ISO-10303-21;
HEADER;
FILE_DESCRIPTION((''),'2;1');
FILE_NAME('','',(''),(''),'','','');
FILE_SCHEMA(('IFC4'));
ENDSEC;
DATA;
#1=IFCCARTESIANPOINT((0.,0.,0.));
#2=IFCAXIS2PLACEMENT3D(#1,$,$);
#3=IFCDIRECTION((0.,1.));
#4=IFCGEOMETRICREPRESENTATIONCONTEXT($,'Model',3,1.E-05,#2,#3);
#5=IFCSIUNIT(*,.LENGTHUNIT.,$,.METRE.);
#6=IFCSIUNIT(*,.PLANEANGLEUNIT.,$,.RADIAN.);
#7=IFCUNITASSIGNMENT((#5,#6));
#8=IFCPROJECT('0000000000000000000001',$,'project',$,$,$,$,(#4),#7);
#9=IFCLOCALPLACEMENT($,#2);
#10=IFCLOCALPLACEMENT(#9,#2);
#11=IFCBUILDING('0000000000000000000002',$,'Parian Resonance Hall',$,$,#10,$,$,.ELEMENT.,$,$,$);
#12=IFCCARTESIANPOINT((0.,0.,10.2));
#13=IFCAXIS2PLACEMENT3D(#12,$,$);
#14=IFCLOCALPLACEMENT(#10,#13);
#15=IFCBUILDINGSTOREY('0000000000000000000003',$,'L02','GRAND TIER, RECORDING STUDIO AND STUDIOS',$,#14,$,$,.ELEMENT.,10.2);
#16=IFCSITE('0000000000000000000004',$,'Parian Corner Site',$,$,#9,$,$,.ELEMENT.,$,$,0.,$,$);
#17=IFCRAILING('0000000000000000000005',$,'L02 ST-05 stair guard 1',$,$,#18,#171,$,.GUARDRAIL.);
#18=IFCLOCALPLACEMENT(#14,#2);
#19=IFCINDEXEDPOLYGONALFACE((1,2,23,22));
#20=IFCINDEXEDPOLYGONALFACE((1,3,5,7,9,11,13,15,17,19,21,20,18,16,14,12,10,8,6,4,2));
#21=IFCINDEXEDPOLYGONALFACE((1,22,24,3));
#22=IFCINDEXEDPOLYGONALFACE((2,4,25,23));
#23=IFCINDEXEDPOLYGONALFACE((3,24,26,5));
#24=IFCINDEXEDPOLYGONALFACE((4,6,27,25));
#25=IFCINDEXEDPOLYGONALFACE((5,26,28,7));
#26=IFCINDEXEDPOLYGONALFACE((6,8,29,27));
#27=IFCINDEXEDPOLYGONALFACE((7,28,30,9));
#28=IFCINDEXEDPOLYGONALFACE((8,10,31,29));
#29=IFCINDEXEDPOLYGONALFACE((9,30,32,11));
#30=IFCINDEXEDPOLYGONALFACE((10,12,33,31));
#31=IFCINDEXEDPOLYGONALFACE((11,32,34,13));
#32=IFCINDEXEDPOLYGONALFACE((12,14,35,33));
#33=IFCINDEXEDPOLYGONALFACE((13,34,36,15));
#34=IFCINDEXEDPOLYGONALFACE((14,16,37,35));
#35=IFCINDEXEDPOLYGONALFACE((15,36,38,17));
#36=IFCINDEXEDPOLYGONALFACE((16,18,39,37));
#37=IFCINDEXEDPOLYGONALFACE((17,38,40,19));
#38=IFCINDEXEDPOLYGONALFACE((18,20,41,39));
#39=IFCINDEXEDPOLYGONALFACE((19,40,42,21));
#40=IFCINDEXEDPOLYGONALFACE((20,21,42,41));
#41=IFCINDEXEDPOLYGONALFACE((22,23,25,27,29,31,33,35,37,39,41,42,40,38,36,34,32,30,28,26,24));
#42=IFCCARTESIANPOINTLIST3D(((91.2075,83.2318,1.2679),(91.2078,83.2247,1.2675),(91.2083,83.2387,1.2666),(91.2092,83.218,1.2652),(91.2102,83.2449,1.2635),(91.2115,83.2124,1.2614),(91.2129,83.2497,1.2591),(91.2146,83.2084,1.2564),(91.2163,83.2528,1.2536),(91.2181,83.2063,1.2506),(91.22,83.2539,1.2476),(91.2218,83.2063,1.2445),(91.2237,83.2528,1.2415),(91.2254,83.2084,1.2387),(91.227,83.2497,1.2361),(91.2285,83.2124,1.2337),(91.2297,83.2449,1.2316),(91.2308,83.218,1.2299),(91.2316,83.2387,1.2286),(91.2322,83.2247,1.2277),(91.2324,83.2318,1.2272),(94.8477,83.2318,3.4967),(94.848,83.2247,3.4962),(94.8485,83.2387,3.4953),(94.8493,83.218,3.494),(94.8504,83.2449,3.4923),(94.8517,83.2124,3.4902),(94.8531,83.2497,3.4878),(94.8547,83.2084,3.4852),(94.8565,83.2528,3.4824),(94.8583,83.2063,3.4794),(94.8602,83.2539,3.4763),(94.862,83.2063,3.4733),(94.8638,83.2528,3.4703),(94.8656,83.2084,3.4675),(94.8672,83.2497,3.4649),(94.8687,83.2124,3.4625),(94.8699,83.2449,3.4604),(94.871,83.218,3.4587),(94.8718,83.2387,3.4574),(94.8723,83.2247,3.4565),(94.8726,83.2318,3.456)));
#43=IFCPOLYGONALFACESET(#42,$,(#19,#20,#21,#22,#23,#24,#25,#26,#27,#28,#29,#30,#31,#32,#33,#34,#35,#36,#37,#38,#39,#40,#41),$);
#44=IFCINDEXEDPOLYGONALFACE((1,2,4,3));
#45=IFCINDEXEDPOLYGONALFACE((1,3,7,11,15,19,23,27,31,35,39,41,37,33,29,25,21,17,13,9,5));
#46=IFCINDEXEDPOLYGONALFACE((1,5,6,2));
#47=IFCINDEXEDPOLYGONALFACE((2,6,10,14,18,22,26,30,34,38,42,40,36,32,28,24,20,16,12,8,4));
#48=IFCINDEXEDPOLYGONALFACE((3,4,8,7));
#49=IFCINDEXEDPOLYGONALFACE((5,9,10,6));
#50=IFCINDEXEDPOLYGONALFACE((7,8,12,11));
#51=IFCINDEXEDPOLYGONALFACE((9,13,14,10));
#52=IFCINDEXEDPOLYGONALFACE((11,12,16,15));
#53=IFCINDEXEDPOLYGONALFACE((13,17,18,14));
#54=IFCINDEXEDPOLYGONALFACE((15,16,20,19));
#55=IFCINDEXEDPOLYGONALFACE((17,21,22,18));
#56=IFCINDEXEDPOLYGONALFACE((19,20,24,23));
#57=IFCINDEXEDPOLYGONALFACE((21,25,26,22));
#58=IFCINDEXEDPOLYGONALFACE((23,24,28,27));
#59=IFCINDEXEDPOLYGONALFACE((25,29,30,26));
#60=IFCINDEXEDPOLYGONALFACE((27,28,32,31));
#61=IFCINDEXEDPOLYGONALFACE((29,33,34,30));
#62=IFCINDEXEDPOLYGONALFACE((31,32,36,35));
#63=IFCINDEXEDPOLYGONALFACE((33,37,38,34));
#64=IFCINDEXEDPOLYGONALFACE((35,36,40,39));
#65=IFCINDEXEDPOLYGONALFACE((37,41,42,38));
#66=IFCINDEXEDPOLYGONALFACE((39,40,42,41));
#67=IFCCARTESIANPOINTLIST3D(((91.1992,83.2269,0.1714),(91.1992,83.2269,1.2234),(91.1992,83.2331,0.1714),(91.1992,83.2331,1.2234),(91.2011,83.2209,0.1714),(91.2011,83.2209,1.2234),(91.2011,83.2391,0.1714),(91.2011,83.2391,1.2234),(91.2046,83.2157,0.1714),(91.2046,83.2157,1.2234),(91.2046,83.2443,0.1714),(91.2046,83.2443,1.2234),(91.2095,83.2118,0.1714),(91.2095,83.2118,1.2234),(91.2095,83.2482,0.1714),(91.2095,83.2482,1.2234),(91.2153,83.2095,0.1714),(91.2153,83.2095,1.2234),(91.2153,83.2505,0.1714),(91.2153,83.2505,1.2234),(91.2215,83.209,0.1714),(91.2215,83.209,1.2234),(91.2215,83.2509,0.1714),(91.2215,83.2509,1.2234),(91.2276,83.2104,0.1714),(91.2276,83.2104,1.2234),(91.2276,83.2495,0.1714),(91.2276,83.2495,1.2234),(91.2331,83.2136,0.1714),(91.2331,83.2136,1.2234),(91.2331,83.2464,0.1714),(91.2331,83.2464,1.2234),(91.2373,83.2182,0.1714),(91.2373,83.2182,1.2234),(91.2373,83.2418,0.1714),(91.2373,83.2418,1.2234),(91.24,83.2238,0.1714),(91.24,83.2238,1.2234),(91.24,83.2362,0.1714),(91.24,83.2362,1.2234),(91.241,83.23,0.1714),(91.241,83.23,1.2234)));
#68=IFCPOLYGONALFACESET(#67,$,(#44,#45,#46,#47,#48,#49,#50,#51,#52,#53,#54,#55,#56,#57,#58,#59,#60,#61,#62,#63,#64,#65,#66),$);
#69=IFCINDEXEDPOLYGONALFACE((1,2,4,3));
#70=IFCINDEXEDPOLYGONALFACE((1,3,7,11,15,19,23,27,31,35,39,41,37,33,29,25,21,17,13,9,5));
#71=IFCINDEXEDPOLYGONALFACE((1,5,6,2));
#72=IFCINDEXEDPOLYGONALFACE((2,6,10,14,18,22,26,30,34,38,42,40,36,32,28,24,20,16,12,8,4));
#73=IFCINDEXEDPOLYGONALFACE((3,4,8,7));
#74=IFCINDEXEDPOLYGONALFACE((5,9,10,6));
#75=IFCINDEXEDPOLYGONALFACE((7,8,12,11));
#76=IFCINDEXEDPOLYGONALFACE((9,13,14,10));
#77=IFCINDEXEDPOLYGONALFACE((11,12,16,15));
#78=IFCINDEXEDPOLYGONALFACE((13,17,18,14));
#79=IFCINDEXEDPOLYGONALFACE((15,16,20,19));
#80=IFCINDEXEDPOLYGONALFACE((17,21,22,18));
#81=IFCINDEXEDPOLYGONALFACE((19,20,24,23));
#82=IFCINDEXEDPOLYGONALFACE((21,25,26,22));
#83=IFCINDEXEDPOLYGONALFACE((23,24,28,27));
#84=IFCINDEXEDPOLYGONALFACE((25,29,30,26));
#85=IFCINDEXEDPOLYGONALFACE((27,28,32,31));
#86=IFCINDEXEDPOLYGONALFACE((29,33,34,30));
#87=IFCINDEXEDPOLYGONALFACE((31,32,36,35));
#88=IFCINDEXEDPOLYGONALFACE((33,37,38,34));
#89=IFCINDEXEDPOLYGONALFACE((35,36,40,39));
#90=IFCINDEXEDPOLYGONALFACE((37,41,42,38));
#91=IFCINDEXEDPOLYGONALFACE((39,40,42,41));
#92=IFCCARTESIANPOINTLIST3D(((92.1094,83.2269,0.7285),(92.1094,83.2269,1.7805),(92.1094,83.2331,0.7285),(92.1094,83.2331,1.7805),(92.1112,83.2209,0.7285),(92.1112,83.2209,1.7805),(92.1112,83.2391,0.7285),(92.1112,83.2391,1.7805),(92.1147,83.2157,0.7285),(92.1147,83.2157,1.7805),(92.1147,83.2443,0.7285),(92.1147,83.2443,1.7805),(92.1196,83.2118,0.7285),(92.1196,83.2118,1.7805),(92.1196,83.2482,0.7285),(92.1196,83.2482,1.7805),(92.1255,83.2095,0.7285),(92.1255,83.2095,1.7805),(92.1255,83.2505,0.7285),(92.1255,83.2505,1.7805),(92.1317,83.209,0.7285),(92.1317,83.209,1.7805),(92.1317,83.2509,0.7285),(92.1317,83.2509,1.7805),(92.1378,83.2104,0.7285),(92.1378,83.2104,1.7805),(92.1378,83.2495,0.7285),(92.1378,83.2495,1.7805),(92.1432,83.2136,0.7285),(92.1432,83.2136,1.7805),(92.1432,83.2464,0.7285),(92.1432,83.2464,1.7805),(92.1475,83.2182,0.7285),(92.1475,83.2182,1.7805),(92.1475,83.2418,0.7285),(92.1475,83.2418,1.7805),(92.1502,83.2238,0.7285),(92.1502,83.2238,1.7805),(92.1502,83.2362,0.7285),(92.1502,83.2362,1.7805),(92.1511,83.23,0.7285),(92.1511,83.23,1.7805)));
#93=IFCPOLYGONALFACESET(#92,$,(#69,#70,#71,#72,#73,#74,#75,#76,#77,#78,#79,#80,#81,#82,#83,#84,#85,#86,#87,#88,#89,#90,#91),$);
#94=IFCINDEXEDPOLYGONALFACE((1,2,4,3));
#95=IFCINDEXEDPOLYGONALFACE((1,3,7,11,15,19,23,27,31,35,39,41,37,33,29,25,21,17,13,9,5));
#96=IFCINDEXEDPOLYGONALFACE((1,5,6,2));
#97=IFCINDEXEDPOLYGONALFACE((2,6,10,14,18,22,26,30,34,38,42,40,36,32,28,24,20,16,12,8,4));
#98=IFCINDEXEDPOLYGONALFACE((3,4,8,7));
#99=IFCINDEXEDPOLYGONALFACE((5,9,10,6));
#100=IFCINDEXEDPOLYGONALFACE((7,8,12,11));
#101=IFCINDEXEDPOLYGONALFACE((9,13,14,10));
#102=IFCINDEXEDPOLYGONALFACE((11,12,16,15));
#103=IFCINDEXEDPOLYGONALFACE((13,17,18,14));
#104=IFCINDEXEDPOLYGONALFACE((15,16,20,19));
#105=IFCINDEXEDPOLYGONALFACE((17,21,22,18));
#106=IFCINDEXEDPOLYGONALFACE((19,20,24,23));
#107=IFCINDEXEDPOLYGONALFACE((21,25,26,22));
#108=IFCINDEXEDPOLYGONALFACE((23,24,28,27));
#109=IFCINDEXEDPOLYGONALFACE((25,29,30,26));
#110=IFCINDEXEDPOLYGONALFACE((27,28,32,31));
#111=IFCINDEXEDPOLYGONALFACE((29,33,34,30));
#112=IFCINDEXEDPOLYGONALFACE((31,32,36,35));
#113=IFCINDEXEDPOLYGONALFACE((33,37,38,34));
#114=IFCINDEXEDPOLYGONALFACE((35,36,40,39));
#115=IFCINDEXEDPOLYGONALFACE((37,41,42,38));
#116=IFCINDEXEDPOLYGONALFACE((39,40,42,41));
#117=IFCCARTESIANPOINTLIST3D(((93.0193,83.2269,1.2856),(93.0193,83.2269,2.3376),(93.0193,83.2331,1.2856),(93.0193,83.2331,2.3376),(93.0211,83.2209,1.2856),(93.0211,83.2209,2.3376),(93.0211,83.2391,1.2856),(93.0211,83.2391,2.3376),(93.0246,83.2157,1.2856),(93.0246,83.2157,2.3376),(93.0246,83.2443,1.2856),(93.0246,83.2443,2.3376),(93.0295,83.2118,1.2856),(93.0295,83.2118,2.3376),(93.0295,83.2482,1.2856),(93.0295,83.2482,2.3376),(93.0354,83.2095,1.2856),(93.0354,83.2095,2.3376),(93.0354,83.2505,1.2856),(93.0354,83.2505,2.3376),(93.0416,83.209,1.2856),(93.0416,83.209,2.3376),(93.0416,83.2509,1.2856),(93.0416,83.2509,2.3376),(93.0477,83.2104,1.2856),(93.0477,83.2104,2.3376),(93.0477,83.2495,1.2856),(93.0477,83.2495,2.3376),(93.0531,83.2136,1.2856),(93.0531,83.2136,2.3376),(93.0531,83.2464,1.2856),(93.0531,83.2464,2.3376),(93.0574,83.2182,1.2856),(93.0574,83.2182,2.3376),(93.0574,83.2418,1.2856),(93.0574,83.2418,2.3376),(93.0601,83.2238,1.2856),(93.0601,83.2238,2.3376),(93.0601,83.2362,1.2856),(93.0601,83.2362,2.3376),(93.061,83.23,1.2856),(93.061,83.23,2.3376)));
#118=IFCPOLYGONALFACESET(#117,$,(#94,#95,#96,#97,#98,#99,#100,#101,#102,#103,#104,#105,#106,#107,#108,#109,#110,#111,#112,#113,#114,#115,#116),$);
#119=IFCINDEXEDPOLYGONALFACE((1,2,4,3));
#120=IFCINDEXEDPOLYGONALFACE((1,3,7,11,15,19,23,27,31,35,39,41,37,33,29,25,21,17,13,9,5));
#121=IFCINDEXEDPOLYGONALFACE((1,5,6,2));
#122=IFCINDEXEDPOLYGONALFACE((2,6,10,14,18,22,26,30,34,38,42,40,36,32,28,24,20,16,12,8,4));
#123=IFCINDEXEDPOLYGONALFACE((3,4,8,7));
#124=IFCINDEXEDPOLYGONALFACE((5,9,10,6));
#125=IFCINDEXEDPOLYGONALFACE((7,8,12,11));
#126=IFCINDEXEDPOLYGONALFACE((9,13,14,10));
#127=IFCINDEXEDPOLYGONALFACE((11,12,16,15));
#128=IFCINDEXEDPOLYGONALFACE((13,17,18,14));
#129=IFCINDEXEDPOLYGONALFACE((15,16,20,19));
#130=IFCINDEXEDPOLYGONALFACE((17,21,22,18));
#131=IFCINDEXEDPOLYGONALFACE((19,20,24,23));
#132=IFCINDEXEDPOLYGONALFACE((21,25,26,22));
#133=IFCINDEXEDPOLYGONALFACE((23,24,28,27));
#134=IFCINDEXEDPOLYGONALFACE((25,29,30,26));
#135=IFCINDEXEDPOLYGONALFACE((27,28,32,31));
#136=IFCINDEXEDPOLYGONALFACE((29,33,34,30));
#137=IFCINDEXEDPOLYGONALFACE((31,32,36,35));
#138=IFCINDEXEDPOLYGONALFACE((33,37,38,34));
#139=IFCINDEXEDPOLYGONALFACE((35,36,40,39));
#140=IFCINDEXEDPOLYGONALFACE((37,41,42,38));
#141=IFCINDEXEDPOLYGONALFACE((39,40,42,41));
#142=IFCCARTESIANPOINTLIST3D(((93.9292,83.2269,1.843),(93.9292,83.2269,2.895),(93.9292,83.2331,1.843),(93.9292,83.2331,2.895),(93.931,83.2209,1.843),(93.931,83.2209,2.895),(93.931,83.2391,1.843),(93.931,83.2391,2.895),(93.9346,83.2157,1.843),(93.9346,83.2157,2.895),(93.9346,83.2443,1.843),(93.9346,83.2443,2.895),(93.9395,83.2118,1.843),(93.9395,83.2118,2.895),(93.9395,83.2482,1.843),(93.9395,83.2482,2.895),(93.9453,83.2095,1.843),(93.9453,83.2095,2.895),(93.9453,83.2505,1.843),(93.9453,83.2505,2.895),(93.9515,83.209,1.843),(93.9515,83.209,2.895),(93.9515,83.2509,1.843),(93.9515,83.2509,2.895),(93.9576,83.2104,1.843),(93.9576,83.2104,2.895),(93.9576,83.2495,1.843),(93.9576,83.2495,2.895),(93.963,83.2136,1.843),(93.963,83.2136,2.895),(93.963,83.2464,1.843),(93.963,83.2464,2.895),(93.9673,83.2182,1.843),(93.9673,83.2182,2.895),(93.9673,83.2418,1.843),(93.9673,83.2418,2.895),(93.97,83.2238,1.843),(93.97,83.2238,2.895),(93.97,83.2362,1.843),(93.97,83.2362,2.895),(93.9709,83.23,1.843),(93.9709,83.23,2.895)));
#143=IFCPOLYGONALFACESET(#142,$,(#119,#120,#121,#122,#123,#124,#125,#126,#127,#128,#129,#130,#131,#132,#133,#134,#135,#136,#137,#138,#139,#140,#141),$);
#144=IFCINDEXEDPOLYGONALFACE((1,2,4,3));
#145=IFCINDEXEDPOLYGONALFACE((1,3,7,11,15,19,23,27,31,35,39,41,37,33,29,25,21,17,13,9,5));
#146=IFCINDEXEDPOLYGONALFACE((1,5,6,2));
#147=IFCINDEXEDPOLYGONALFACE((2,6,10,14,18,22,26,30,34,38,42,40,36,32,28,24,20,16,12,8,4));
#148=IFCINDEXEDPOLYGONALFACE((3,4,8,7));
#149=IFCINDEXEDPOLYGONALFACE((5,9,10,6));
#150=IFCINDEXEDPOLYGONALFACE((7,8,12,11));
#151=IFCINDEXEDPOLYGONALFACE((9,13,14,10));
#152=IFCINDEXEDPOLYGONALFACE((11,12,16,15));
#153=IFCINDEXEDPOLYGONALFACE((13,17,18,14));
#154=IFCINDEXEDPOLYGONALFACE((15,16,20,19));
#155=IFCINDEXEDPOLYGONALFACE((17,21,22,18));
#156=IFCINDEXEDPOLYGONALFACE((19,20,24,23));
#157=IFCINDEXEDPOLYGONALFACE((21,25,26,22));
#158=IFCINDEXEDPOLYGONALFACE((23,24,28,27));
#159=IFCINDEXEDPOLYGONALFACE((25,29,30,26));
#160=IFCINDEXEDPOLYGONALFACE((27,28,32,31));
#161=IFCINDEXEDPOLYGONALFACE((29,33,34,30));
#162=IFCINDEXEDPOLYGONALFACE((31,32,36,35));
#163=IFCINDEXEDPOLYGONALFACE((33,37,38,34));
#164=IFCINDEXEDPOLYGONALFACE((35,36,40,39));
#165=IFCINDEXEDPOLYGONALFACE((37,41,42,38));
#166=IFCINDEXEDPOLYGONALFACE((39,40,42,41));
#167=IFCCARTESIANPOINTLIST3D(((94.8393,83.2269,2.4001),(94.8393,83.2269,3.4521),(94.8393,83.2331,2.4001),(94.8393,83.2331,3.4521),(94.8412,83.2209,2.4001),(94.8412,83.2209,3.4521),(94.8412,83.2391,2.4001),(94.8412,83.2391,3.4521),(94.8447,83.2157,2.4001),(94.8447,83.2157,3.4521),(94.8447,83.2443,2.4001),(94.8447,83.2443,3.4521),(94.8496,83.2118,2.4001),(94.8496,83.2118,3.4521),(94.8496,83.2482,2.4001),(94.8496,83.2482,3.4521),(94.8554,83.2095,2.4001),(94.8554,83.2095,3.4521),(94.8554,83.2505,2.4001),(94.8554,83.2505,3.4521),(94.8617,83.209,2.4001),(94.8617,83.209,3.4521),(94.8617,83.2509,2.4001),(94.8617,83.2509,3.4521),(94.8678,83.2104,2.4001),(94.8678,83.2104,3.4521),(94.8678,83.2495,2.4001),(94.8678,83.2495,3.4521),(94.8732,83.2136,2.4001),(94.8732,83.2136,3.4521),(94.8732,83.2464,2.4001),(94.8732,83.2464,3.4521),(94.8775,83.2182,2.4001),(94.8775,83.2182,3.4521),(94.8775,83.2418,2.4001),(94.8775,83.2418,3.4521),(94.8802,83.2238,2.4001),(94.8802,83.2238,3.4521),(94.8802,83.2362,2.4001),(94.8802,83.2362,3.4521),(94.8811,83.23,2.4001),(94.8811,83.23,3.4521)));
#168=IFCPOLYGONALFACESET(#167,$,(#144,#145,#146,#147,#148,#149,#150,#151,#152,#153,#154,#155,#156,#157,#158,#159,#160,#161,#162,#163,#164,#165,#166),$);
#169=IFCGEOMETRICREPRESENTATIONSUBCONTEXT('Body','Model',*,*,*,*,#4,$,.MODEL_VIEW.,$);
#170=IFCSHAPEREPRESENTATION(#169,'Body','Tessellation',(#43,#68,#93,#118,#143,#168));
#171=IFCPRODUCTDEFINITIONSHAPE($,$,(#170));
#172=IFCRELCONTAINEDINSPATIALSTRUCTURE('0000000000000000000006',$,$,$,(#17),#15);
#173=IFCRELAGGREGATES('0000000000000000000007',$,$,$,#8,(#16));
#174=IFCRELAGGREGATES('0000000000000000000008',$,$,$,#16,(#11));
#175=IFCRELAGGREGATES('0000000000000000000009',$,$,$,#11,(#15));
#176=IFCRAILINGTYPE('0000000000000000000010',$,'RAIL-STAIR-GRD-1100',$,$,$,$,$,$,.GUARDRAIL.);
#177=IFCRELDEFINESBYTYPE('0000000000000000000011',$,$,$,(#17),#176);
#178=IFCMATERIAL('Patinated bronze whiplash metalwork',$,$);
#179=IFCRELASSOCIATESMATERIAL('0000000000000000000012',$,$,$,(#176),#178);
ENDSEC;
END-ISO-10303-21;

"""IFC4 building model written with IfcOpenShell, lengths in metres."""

from ifc_helpers import new_model, si_unit, direction, frame, origin, origin_2d, place, context, subcontext, project, spatial, circle, extrude, material, type_object, element, save


model = new_model("IFC4")

# Units and contexts
model_context = context("Model", 3, precision=1e-05, world=origin(), true_north=direction((0.0, 1.0)))
body_context = subcontext(model_context, "Body", "Model", "MODEL_VIEW")
ifc_project = project(units=[si_unit("LENGTHUNIT", "METRE"), si_unit("PLANEANGLEUNIT", "RADIAN")], contexts=[model_context])

# Site, building, storey
site_placement = place(None, origin())
site = spatial("IfcSite", under=ifc_project, at=site_placement, Name="Parian Corner Site", CompositionType="ELEMENT", RefElevation=0.0)
building_placement = place(site_placement, origin())
building = spatial("IfcBuilding", under=site, at=building_placement, Name="Parian Resonance Hall", CompositionType="ELEMENT")
storey_placement = place(building_placement, frame((0.0, 0.0, 10.2)))
storey = spatial("IfcBuildingStorey", under=building, at=storey_placement, Name="L02", Description="GRAND TIER, RECORDING STUDIO AND STUDIOS", CompositionType="ELEMENT", Elevation=10.2)

# Railing
ifc_material_1 = material(Name="Patinated bronze whiplash metalwork")
railing_type_1 = type_object("IfcRailingType", Name="RAIL-STAIR-GRD-1100", PredefinedType="GUARDRAIL", material=ifc_material_1)
railing_1_placement = place(storey_placement, frame((91.22, 83.23, 0.1714)))
element("IfcRailing", 1, at=railing_1_placement, inside=storey, type_object=railing_type_1, Name="L02 ST-05 stair guard 1", PredefinedType="GUARDRAIL", context=body_context, shape_type="SweptSolid", body=[
    extrude(circle(Radius=0.0239, at=origin_2d()), frame((0.0, 0.0, 1.0762), z_axis=(0.85284, 0.0, 0.522172), x_axis=(0.0, 1.0, 0.0)), (0.0, 0.0, 1.0), 4.2683),
    extrude(circle(Radius=0.021, at=origin_2d()), origin(), (0.0, 0.0, 1.0), 1.052),
    extrude(circle(Radius=0.021, at=origin_2d()), frame((0.9102, 0.0, 0.5571)), (0.0, 0.0, 1.0), 1.052),
    extrude(circle(Radius=0.021, at=origin_2d()), frame((1.8201, 0.0, 1.1143)), (0.0, 0.0, 1.0), 1.052),
    extrude(circle(Radius=0.021, at=origin_2d()), frame((2.73, 0.0, 1.6716)), (0.0, 0.0, 1.0), 1.052),
    extrude(circle(Radius=0.021, at=origin_2d()), frame((3.6401, 0.0, 2.2288)), (0.0, 0.0, 1.0), 1.052),
])

save(model, "model.ifc")
